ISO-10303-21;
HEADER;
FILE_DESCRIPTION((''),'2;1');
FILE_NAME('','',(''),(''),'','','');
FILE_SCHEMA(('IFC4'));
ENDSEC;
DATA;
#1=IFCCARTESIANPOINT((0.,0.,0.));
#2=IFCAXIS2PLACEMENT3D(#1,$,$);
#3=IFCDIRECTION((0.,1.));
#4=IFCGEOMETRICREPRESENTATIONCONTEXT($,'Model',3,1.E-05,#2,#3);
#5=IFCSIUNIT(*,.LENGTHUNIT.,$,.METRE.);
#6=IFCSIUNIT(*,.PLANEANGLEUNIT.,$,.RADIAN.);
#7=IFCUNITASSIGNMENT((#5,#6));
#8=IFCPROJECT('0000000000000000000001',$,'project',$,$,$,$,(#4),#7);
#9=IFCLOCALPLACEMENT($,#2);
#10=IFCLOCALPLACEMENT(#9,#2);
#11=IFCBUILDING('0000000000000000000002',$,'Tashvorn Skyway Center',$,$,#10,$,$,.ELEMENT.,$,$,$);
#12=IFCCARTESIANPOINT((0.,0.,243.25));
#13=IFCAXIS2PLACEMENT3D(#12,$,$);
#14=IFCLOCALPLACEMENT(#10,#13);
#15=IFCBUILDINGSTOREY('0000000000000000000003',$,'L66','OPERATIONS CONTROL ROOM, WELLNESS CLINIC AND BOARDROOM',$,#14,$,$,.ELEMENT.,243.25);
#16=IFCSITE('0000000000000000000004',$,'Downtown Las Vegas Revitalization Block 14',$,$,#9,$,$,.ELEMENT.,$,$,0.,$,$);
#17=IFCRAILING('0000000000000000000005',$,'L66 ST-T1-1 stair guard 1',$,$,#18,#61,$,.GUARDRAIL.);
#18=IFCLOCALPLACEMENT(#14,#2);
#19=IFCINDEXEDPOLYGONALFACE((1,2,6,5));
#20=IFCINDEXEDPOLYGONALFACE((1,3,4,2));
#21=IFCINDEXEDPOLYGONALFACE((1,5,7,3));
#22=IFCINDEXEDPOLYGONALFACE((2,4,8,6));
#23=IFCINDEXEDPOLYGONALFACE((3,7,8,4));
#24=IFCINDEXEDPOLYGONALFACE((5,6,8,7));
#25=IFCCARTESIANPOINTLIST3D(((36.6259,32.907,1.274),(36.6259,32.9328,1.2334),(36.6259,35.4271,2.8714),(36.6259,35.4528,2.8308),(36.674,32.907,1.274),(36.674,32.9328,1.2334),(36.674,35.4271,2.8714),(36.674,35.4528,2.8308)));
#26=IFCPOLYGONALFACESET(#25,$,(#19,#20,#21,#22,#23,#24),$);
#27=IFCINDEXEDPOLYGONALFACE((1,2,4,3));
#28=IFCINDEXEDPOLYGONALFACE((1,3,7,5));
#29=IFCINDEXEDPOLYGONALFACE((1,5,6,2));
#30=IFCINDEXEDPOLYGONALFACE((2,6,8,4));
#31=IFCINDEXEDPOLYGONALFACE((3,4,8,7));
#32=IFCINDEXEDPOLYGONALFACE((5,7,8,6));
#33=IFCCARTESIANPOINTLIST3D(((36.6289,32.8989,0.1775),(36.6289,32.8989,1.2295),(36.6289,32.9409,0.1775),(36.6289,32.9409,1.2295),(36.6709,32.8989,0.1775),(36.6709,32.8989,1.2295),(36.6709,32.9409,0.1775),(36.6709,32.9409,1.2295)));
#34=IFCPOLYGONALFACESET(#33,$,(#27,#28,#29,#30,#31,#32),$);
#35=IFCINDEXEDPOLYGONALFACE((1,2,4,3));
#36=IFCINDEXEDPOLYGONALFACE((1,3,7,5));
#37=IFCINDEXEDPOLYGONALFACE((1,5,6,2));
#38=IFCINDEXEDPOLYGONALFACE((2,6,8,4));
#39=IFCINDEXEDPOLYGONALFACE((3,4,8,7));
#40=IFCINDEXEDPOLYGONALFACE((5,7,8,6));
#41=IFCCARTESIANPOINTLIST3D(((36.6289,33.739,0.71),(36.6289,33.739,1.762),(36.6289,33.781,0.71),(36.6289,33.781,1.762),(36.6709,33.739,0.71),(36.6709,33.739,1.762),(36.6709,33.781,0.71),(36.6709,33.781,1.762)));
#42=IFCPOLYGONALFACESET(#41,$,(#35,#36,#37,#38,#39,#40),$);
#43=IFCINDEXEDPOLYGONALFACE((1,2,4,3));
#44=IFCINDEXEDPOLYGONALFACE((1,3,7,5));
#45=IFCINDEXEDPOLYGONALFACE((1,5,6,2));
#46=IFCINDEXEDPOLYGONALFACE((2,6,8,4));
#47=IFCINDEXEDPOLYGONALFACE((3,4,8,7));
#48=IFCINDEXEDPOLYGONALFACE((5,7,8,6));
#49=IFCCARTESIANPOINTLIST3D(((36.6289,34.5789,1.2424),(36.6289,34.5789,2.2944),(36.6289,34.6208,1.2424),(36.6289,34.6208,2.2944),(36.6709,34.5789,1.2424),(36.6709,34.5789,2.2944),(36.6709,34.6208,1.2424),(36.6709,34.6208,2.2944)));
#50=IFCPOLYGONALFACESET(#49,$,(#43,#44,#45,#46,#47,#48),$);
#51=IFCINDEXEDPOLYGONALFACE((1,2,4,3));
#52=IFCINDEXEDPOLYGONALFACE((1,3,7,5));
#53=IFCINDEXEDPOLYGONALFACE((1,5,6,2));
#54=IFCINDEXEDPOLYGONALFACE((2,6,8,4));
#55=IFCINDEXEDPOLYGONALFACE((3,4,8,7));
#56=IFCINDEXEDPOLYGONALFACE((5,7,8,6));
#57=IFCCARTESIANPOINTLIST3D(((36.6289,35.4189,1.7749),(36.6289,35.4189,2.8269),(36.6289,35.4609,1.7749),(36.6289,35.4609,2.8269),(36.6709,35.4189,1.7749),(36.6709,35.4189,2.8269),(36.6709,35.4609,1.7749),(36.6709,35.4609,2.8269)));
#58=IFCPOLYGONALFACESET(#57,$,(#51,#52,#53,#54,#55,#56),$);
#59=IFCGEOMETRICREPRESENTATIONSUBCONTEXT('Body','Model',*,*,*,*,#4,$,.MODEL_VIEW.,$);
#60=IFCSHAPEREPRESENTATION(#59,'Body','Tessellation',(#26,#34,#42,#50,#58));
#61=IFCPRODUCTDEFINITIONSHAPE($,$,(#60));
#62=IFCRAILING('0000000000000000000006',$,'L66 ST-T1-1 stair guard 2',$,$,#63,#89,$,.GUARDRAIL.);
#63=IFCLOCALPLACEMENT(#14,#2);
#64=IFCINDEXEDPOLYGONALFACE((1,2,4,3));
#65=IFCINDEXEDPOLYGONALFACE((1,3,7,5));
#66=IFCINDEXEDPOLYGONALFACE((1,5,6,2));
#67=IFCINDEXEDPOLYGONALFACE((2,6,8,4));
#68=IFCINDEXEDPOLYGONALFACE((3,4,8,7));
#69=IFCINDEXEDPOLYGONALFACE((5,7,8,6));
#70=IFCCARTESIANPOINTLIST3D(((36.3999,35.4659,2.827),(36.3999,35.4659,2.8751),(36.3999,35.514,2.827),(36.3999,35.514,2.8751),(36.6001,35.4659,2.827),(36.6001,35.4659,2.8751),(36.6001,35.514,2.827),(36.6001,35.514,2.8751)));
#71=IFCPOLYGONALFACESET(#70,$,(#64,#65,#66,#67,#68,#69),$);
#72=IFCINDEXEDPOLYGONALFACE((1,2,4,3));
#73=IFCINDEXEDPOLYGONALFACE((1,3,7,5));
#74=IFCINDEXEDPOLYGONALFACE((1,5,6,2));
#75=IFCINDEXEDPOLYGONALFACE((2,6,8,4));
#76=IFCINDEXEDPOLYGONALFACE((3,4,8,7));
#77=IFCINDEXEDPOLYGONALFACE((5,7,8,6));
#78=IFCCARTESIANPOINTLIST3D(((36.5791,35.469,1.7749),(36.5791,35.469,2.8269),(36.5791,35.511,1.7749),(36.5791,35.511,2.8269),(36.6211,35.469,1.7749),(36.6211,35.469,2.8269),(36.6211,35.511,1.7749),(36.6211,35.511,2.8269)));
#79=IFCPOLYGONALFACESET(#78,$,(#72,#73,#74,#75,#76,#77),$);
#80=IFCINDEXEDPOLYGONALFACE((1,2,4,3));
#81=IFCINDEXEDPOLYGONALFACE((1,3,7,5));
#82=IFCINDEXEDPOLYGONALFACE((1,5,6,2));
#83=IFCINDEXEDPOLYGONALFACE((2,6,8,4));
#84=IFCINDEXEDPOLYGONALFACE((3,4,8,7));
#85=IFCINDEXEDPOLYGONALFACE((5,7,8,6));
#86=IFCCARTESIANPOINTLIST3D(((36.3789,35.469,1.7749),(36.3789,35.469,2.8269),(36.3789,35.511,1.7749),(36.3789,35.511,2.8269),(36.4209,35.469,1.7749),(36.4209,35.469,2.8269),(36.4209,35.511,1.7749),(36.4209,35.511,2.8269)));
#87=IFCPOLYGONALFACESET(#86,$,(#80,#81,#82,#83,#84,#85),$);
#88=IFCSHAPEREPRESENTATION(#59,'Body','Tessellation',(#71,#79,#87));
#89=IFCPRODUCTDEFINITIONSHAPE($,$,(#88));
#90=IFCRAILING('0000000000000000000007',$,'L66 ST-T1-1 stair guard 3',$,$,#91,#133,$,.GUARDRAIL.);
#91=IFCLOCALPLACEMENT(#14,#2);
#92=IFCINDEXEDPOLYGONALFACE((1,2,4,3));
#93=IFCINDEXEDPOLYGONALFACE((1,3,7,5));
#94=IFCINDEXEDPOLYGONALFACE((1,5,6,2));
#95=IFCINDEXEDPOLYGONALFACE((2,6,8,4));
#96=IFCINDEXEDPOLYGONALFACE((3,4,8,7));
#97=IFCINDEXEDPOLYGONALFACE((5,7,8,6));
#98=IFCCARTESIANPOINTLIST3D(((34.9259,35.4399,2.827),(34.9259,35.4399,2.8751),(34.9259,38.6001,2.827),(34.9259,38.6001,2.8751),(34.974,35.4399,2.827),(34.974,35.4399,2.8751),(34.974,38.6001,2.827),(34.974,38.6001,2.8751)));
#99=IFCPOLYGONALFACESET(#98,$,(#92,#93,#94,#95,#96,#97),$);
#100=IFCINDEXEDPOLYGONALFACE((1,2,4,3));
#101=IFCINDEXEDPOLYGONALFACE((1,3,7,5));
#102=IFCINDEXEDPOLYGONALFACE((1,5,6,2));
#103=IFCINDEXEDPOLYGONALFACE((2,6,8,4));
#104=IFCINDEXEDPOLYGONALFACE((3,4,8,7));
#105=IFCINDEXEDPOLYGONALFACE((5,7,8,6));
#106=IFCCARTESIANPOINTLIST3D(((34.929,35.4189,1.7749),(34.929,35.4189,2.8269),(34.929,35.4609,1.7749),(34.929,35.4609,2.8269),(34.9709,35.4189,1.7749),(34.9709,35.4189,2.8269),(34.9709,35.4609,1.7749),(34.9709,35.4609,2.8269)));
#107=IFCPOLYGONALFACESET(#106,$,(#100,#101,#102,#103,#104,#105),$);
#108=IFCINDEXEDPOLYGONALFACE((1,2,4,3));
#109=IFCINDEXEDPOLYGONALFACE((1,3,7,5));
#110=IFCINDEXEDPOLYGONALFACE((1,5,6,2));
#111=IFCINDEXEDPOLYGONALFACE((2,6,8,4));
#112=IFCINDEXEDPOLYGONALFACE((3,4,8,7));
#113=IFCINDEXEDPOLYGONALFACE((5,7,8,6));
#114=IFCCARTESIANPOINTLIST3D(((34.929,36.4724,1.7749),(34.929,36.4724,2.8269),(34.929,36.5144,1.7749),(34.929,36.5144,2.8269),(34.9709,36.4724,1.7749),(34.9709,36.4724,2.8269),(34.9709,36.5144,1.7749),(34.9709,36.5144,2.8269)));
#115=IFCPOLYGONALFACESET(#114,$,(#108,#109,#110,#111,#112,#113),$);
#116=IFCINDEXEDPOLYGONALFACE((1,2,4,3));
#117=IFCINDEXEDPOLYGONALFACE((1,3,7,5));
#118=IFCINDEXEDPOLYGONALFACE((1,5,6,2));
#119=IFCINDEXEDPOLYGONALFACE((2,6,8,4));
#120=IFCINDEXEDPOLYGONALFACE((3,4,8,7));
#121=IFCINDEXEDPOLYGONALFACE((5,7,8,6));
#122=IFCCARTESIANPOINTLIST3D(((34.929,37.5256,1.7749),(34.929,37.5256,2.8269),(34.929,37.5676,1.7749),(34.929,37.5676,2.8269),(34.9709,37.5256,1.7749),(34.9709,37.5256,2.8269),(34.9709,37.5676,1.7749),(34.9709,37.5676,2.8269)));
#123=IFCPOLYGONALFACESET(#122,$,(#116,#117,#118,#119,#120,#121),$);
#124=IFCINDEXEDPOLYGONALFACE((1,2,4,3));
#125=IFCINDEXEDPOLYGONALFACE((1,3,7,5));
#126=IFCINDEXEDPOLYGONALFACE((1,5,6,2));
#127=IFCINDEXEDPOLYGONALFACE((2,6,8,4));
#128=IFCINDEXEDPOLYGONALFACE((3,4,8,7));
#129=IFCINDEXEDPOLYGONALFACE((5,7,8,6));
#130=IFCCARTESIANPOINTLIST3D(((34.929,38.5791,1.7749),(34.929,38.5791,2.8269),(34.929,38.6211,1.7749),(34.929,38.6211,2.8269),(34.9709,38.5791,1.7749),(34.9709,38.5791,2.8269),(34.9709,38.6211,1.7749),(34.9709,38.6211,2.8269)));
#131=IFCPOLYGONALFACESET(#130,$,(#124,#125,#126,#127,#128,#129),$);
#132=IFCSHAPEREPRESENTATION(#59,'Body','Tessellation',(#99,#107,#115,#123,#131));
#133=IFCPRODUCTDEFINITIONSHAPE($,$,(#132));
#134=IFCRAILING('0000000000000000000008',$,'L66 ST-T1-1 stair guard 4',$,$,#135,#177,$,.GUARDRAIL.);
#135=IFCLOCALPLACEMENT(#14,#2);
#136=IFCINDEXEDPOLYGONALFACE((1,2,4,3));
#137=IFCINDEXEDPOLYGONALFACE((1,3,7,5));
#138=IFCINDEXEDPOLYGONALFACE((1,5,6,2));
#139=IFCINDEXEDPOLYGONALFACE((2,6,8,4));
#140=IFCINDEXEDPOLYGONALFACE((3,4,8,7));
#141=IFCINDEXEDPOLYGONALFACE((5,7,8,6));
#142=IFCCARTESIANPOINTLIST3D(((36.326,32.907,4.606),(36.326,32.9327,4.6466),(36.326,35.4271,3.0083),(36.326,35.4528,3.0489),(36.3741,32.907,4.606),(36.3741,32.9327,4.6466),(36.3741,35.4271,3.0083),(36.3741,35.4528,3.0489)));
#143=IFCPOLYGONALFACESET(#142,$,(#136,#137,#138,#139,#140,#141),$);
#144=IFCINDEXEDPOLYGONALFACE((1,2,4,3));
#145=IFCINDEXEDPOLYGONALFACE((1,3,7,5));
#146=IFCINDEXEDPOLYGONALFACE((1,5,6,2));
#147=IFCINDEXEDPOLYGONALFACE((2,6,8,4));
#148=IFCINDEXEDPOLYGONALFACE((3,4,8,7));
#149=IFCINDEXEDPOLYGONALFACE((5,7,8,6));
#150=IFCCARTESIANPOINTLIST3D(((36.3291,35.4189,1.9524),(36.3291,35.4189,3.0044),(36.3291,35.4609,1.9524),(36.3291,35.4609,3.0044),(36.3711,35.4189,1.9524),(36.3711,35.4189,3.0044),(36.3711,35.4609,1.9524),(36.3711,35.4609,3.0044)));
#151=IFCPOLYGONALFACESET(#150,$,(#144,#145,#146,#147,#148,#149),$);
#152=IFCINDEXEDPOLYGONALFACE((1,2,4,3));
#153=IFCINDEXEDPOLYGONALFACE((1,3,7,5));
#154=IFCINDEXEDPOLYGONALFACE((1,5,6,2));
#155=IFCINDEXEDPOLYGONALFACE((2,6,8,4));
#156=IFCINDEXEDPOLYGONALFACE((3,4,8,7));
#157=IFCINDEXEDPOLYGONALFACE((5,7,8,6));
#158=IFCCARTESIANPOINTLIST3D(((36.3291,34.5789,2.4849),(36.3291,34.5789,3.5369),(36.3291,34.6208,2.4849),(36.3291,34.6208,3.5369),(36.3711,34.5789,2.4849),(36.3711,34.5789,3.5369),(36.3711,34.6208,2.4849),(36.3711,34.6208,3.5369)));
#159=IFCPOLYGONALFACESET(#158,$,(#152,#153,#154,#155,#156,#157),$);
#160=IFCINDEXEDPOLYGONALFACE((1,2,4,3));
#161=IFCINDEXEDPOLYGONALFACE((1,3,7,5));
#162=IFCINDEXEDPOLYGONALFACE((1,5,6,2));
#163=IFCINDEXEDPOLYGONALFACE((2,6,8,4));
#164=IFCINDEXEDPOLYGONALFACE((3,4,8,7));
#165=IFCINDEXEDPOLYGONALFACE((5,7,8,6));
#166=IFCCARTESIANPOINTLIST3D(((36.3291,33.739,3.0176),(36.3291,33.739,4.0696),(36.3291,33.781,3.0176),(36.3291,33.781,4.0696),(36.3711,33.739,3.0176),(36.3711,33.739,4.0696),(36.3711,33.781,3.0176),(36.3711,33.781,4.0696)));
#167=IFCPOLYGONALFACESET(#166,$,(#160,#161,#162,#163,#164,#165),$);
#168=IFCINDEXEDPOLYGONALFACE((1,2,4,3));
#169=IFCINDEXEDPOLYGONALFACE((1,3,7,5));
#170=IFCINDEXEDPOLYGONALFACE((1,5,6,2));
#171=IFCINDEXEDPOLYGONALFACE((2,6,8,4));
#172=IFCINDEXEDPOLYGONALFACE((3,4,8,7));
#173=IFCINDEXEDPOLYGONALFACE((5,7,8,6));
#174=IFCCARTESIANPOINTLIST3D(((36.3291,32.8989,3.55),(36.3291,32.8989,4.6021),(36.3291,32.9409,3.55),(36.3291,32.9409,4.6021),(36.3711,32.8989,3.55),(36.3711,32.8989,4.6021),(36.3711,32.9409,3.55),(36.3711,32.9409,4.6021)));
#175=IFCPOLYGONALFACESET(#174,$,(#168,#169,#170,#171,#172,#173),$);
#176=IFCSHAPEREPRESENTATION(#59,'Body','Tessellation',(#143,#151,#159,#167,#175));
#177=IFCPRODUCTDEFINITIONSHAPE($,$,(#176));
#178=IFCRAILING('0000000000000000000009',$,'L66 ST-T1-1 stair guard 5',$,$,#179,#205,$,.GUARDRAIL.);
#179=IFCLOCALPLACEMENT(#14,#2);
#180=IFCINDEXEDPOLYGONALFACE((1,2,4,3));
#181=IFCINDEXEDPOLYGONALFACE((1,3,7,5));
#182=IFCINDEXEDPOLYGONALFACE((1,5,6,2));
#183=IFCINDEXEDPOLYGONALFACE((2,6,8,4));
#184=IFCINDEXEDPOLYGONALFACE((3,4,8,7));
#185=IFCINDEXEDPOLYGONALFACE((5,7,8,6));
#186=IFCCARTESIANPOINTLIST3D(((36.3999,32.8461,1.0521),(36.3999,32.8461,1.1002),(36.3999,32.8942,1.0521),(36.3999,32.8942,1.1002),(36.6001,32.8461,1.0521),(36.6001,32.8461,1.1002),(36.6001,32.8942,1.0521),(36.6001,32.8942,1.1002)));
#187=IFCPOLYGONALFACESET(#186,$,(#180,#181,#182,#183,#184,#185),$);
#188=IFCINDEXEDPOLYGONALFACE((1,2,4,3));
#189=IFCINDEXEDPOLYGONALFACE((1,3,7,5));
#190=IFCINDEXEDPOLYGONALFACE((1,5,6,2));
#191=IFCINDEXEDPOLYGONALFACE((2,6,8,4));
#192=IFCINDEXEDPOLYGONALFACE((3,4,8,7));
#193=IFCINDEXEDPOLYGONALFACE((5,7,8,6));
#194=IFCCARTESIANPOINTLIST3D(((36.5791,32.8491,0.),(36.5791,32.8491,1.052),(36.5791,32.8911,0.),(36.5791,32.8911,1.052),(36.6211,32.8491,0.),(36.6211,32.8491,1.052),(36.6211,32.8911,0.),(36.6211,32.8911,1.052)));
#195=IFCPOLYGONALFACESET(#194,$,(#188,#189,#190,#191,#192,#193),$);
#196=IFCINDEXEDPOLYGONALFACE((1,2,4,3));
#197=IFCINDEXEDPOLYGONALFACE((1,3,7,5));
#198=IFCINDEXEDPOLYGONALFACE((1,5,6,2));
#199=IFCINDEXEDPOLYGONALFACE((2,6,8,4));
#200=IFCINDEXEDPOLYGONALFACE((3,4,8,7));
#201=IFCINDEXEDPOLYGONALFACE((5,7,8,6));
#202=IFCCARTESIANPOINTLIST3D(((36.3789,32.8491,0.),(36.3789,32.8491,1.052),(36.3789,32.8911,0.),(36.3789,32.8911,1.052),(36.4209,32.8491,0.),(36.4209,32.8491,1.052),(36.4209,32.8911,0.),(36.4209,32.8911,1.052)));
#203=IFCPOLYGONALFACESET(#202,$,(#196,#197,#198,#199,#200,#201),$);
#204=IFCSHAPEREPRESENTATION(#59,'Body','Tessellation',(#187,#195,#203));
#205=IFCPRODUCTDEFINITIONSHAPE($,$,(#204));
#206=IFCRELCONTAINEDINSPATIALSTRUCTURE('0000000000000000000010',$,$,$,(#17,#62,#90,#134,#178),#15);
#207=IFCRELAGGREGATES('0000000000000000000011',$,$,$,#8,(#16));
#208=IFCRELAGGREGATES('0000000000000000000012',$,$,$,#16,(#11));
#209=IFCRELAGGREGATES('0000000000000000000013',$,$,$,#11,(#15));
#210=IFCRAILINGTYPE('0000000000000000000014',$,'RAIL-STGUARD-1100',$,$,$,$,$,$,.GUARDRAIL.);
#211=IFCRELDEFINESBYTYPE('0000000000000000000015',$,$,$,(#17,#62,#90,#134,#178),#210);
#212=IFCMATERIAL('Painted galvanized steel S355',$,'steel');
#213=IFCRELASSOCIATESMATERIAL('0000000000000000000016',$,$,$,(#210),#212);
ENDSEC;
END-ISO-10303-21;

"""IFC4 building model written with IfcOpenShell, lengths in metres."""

from ifc_helpers import new_model, si_unit, direction, frame, origin, origin_2d, place, context, subcontext, project, spatial, rectangle, extrude, material, type_object, element, save


model = new_model("IFC4")

# Units and contexts
model_context = context("Model", 3, precision=1e-05, world=origin(), true_north=direction((0.0, 1.0)))
body_context = subcontext(model_context, "Body", "Model", "MODEL_VIEW")
ifc_project = project(units=[si_unit("LENGTHUNIT", "METRE"), si_unit("PLANEANGLEUNIT", "RADIAN")], contexts=[model_context])

# Site, building, storey
site_placement = place(None, origin())
site = spatial("IfcSite", under=ifc_project, at=site_placement, Name="Downtown Las Vegas Revitalization Block 14", CompositionType="ELEMENT", RefElevation=0.0)
building_placement = place(site_placement, origin())
building = spatial("IfcBuilding", under=site, at=building_placement, Name="Tashvorn Skyway Center", CompositionType="ELEMENT")
storey_placement = place(building_placement, frame((0.0, 0.0, 243.25)))
storey = spatial("IfcBuildingStorey", under=building, at=storey_placement, Name="L66", Description="OPERATIONS CONTROL ROOM, WELLNESS CLINIC AND BOARDROOM", CompositionType="ELEMENT", Elevation=243.25)

# Railings
ifc_material_1 = material(Name="Painted galvanized steel S355", Category="steel")
railing_type_1 = type_object("IfcRailingType", Name="RAIL-STGUARD-1100", PredefinedType="GUARDRAIL", material=ifc_material_1)
railing_1_placement = place(storey_placement, frame((36.6499, 32.9199, 0.1775)))
element("IfcRailing", 1, at=railing_1_placement, inside=storey, type_object=railing_type_1, Name="L66 ST-T1-1 stair guard 1", PredefinedType="GUARDRAIL", context=body_context, shape_type="SweptSolid", body=[
    extrude(rectangle(XDim=0.0481, YDim=0.0481, at=origin_2d()), frame((0.0, 0.0, 1.0762), z_axis=(0.0, 0.844607, 0.535387), x_axis=(-1.0, 0.0, 0.0)), (0.0, 0.0, 1.0), 2.9836),
    extrude(rectangle(XDim=0.042, YDim=0.042, at=origin_2d()), origin(), (0.0, 0.0, 1.0), 1.052),
    extrude(rectangle(XDim=0.042, YDim=0.042, at=origin_2d()), frame((0.0, 0.8401, 0.5325)), (0.0, 0.0, 1.0), 1.052),
    extrude(rectangle(XDim=0.042, YDim=0.042, at=origin_2d()), frame((0.0, 1.6799, 1.0649)), (0.0, 0.0, 1.0), 1.052),
    extrude(rectangle(XDim=0.042, YDim=0.042, at=origin_2d()), frame((0.0, 2.52, 1.5974)), (0.0, 0.0, 1.0), 1.052),
])
railing_2_placement = place(storey_placement, frame((36.6001, 35.49, 1.7749)))
element("IfcRailing", 2, at=railing_2_placement, inside=storey, type_object=railing_type_1, Name="L66 ST-T1-1 stair guard 2", PredefinedType="GUARDRAIL", context=body_context, shape_type="SweptSolid", body=[
    extrude(rectangle(XDim=0.0481, YDim=0.0481, at=origin_2d()), frame((0.0, 0.0, 1.0762), z_axis=(-1.0, 0.0, 0.0), x_axis=(0.0, -1.0, 0.0)), (0.0, 0.0, 1.0), 0.2002),
    extrude(rectangle(XDim=0.042, YDim=0.042, at=origin_2d()), origin(), (0.0, 0.0, 1.0), 1.052),
    extrude(rectangle(XDim=0.042, YDim=0.042, at=origin_2d()), frame((-0.2002, 0.0, 0.0)), (0.0, 0.0, 1.0), 1.052),
])
railing_3_placement = place(storey_placement, frame((34.95, 35.4399, 1.7749)))
element("IfcRailing", 3, at=railing_3_placement, inside=storey, type_object=railing_type_1, Name="L66 ST-T1-1 stair guard 3", PredefinedType="GUARDRAIL", context=body_context, shape_type="SweptSolid", body=[
    extrude(rectangle(XDim=0.0481, YDim=0.0481, at=origin_2d()), frame((0.0, 0.0, 1.0762), z_axis=(0.0, 1.0, 0.0), x_axis=(-1.0, 0.0, 0.0)), (0.0, 0.0, 1.0), 3.1602),
    extrude(rectangle(XDim=0.042, YDim=0.042, at=origin_2d()), origin(), (0.0, 0.0, 1.0), 1.052),
    extrude(rectangle(XDim=0.042, YDim=0.042, at=origin_2d()), frame((0.0, 1.0535, 0.0)), (0.0, 0.0, 1.0), 1.052),
    extrude(rectangle(XDim=0.042, YDim=0.042, at=origin_2d()), frame((0.0, 2.1067, 0.0)), (0.0, 0.0, 1.0), 1.052),
    extrude(rectangle(XDim=0.042, YDim=0.042, at=origin_2d()), frame((0.0, 3.1602, 0.0)), (0.0, 0.0, 1.0), 1.052),
])
railing_4_placement = place(storey_placement, frame((36.3501, 35.4399, 1.9524)))
element("IfcRailing", 4, at=railing_4_placement, inside=storey, type_object=railing_type_1, Name="L66 ST-T1-1 stair guard 4", PredefinedType="GUARDRAIL", context=body_context, shape_type="SweptSolid", body=[
    extrude(rectangle(XDim=0.0481, YDim=0.0481, at=origin_2d()), frame((0.0, 0.0, 1.0762), z_axis=(0.0, -0.84457, 0.535445), x_axis=(1.0, 0.0, 0.0)), (0.0, 0.0, 1.0), 2.9839),
    extrude(rectangle(XDim=0.042, YDim=0.042, at=origin_2d()), origin(), (0.0, 0.0, 1.0), 1.052),
    extrude(rectangle(XDim=0.042, YDim=0.042, at=origin_2d()), frame((0.0, -0.8401, 0.5325)), (0.0, 0.0, 1.0), 1.052),
    extrude(rectangle(XDim=0.042, YDim=0.042, at=origin_2d()), frame((0.0, -1.6799, 1.0652)), (0.0, 0.0, 1.0), 1.052),
    extrude(rectangle(XDim=0.042, YDim=0.042, at=origin_2d()), frame((0.0, -2.52, 1.5977)), (0.0, 0.0, 1.0), 1.052),
])
railing_5_placement = place(storey_placement, frame((36.6001, 32.8701, 0.0)))
element("IfcRailing", 5, at=railing_5_placement, inside=storey, type_object=railing_type_1, Name="L66 ST-T1-1 stair guard 5", PredefinedType="GUARDRAIL", context=body_context, shape_type="SweptSolid", body=[
    extrude(rectangle(XDim=0.0481, YDim=0.0481, at=origin_2d()), frame((0.0, 0.0, 1.0762), z_axis=(-1.0, 0.0, 0.0), x_axis=(0.0, -1.0, 0.0)), (0.0, 0.0, 1.0), 0.2002),
    extrude(rectangle(XDim=0.042, YDim=0.042, at=origin_2d()), origin(), (0.0, 0.0, 1.0), 1.052),
    extrude(rectangle(XDim=0.042, YDim=0.042, at=origin_2d()), frame((-0.2002, 0.0, 0.0)), (0.0, 0.0, 1.0), 1.052),
])

save(model, "model.ifc")
